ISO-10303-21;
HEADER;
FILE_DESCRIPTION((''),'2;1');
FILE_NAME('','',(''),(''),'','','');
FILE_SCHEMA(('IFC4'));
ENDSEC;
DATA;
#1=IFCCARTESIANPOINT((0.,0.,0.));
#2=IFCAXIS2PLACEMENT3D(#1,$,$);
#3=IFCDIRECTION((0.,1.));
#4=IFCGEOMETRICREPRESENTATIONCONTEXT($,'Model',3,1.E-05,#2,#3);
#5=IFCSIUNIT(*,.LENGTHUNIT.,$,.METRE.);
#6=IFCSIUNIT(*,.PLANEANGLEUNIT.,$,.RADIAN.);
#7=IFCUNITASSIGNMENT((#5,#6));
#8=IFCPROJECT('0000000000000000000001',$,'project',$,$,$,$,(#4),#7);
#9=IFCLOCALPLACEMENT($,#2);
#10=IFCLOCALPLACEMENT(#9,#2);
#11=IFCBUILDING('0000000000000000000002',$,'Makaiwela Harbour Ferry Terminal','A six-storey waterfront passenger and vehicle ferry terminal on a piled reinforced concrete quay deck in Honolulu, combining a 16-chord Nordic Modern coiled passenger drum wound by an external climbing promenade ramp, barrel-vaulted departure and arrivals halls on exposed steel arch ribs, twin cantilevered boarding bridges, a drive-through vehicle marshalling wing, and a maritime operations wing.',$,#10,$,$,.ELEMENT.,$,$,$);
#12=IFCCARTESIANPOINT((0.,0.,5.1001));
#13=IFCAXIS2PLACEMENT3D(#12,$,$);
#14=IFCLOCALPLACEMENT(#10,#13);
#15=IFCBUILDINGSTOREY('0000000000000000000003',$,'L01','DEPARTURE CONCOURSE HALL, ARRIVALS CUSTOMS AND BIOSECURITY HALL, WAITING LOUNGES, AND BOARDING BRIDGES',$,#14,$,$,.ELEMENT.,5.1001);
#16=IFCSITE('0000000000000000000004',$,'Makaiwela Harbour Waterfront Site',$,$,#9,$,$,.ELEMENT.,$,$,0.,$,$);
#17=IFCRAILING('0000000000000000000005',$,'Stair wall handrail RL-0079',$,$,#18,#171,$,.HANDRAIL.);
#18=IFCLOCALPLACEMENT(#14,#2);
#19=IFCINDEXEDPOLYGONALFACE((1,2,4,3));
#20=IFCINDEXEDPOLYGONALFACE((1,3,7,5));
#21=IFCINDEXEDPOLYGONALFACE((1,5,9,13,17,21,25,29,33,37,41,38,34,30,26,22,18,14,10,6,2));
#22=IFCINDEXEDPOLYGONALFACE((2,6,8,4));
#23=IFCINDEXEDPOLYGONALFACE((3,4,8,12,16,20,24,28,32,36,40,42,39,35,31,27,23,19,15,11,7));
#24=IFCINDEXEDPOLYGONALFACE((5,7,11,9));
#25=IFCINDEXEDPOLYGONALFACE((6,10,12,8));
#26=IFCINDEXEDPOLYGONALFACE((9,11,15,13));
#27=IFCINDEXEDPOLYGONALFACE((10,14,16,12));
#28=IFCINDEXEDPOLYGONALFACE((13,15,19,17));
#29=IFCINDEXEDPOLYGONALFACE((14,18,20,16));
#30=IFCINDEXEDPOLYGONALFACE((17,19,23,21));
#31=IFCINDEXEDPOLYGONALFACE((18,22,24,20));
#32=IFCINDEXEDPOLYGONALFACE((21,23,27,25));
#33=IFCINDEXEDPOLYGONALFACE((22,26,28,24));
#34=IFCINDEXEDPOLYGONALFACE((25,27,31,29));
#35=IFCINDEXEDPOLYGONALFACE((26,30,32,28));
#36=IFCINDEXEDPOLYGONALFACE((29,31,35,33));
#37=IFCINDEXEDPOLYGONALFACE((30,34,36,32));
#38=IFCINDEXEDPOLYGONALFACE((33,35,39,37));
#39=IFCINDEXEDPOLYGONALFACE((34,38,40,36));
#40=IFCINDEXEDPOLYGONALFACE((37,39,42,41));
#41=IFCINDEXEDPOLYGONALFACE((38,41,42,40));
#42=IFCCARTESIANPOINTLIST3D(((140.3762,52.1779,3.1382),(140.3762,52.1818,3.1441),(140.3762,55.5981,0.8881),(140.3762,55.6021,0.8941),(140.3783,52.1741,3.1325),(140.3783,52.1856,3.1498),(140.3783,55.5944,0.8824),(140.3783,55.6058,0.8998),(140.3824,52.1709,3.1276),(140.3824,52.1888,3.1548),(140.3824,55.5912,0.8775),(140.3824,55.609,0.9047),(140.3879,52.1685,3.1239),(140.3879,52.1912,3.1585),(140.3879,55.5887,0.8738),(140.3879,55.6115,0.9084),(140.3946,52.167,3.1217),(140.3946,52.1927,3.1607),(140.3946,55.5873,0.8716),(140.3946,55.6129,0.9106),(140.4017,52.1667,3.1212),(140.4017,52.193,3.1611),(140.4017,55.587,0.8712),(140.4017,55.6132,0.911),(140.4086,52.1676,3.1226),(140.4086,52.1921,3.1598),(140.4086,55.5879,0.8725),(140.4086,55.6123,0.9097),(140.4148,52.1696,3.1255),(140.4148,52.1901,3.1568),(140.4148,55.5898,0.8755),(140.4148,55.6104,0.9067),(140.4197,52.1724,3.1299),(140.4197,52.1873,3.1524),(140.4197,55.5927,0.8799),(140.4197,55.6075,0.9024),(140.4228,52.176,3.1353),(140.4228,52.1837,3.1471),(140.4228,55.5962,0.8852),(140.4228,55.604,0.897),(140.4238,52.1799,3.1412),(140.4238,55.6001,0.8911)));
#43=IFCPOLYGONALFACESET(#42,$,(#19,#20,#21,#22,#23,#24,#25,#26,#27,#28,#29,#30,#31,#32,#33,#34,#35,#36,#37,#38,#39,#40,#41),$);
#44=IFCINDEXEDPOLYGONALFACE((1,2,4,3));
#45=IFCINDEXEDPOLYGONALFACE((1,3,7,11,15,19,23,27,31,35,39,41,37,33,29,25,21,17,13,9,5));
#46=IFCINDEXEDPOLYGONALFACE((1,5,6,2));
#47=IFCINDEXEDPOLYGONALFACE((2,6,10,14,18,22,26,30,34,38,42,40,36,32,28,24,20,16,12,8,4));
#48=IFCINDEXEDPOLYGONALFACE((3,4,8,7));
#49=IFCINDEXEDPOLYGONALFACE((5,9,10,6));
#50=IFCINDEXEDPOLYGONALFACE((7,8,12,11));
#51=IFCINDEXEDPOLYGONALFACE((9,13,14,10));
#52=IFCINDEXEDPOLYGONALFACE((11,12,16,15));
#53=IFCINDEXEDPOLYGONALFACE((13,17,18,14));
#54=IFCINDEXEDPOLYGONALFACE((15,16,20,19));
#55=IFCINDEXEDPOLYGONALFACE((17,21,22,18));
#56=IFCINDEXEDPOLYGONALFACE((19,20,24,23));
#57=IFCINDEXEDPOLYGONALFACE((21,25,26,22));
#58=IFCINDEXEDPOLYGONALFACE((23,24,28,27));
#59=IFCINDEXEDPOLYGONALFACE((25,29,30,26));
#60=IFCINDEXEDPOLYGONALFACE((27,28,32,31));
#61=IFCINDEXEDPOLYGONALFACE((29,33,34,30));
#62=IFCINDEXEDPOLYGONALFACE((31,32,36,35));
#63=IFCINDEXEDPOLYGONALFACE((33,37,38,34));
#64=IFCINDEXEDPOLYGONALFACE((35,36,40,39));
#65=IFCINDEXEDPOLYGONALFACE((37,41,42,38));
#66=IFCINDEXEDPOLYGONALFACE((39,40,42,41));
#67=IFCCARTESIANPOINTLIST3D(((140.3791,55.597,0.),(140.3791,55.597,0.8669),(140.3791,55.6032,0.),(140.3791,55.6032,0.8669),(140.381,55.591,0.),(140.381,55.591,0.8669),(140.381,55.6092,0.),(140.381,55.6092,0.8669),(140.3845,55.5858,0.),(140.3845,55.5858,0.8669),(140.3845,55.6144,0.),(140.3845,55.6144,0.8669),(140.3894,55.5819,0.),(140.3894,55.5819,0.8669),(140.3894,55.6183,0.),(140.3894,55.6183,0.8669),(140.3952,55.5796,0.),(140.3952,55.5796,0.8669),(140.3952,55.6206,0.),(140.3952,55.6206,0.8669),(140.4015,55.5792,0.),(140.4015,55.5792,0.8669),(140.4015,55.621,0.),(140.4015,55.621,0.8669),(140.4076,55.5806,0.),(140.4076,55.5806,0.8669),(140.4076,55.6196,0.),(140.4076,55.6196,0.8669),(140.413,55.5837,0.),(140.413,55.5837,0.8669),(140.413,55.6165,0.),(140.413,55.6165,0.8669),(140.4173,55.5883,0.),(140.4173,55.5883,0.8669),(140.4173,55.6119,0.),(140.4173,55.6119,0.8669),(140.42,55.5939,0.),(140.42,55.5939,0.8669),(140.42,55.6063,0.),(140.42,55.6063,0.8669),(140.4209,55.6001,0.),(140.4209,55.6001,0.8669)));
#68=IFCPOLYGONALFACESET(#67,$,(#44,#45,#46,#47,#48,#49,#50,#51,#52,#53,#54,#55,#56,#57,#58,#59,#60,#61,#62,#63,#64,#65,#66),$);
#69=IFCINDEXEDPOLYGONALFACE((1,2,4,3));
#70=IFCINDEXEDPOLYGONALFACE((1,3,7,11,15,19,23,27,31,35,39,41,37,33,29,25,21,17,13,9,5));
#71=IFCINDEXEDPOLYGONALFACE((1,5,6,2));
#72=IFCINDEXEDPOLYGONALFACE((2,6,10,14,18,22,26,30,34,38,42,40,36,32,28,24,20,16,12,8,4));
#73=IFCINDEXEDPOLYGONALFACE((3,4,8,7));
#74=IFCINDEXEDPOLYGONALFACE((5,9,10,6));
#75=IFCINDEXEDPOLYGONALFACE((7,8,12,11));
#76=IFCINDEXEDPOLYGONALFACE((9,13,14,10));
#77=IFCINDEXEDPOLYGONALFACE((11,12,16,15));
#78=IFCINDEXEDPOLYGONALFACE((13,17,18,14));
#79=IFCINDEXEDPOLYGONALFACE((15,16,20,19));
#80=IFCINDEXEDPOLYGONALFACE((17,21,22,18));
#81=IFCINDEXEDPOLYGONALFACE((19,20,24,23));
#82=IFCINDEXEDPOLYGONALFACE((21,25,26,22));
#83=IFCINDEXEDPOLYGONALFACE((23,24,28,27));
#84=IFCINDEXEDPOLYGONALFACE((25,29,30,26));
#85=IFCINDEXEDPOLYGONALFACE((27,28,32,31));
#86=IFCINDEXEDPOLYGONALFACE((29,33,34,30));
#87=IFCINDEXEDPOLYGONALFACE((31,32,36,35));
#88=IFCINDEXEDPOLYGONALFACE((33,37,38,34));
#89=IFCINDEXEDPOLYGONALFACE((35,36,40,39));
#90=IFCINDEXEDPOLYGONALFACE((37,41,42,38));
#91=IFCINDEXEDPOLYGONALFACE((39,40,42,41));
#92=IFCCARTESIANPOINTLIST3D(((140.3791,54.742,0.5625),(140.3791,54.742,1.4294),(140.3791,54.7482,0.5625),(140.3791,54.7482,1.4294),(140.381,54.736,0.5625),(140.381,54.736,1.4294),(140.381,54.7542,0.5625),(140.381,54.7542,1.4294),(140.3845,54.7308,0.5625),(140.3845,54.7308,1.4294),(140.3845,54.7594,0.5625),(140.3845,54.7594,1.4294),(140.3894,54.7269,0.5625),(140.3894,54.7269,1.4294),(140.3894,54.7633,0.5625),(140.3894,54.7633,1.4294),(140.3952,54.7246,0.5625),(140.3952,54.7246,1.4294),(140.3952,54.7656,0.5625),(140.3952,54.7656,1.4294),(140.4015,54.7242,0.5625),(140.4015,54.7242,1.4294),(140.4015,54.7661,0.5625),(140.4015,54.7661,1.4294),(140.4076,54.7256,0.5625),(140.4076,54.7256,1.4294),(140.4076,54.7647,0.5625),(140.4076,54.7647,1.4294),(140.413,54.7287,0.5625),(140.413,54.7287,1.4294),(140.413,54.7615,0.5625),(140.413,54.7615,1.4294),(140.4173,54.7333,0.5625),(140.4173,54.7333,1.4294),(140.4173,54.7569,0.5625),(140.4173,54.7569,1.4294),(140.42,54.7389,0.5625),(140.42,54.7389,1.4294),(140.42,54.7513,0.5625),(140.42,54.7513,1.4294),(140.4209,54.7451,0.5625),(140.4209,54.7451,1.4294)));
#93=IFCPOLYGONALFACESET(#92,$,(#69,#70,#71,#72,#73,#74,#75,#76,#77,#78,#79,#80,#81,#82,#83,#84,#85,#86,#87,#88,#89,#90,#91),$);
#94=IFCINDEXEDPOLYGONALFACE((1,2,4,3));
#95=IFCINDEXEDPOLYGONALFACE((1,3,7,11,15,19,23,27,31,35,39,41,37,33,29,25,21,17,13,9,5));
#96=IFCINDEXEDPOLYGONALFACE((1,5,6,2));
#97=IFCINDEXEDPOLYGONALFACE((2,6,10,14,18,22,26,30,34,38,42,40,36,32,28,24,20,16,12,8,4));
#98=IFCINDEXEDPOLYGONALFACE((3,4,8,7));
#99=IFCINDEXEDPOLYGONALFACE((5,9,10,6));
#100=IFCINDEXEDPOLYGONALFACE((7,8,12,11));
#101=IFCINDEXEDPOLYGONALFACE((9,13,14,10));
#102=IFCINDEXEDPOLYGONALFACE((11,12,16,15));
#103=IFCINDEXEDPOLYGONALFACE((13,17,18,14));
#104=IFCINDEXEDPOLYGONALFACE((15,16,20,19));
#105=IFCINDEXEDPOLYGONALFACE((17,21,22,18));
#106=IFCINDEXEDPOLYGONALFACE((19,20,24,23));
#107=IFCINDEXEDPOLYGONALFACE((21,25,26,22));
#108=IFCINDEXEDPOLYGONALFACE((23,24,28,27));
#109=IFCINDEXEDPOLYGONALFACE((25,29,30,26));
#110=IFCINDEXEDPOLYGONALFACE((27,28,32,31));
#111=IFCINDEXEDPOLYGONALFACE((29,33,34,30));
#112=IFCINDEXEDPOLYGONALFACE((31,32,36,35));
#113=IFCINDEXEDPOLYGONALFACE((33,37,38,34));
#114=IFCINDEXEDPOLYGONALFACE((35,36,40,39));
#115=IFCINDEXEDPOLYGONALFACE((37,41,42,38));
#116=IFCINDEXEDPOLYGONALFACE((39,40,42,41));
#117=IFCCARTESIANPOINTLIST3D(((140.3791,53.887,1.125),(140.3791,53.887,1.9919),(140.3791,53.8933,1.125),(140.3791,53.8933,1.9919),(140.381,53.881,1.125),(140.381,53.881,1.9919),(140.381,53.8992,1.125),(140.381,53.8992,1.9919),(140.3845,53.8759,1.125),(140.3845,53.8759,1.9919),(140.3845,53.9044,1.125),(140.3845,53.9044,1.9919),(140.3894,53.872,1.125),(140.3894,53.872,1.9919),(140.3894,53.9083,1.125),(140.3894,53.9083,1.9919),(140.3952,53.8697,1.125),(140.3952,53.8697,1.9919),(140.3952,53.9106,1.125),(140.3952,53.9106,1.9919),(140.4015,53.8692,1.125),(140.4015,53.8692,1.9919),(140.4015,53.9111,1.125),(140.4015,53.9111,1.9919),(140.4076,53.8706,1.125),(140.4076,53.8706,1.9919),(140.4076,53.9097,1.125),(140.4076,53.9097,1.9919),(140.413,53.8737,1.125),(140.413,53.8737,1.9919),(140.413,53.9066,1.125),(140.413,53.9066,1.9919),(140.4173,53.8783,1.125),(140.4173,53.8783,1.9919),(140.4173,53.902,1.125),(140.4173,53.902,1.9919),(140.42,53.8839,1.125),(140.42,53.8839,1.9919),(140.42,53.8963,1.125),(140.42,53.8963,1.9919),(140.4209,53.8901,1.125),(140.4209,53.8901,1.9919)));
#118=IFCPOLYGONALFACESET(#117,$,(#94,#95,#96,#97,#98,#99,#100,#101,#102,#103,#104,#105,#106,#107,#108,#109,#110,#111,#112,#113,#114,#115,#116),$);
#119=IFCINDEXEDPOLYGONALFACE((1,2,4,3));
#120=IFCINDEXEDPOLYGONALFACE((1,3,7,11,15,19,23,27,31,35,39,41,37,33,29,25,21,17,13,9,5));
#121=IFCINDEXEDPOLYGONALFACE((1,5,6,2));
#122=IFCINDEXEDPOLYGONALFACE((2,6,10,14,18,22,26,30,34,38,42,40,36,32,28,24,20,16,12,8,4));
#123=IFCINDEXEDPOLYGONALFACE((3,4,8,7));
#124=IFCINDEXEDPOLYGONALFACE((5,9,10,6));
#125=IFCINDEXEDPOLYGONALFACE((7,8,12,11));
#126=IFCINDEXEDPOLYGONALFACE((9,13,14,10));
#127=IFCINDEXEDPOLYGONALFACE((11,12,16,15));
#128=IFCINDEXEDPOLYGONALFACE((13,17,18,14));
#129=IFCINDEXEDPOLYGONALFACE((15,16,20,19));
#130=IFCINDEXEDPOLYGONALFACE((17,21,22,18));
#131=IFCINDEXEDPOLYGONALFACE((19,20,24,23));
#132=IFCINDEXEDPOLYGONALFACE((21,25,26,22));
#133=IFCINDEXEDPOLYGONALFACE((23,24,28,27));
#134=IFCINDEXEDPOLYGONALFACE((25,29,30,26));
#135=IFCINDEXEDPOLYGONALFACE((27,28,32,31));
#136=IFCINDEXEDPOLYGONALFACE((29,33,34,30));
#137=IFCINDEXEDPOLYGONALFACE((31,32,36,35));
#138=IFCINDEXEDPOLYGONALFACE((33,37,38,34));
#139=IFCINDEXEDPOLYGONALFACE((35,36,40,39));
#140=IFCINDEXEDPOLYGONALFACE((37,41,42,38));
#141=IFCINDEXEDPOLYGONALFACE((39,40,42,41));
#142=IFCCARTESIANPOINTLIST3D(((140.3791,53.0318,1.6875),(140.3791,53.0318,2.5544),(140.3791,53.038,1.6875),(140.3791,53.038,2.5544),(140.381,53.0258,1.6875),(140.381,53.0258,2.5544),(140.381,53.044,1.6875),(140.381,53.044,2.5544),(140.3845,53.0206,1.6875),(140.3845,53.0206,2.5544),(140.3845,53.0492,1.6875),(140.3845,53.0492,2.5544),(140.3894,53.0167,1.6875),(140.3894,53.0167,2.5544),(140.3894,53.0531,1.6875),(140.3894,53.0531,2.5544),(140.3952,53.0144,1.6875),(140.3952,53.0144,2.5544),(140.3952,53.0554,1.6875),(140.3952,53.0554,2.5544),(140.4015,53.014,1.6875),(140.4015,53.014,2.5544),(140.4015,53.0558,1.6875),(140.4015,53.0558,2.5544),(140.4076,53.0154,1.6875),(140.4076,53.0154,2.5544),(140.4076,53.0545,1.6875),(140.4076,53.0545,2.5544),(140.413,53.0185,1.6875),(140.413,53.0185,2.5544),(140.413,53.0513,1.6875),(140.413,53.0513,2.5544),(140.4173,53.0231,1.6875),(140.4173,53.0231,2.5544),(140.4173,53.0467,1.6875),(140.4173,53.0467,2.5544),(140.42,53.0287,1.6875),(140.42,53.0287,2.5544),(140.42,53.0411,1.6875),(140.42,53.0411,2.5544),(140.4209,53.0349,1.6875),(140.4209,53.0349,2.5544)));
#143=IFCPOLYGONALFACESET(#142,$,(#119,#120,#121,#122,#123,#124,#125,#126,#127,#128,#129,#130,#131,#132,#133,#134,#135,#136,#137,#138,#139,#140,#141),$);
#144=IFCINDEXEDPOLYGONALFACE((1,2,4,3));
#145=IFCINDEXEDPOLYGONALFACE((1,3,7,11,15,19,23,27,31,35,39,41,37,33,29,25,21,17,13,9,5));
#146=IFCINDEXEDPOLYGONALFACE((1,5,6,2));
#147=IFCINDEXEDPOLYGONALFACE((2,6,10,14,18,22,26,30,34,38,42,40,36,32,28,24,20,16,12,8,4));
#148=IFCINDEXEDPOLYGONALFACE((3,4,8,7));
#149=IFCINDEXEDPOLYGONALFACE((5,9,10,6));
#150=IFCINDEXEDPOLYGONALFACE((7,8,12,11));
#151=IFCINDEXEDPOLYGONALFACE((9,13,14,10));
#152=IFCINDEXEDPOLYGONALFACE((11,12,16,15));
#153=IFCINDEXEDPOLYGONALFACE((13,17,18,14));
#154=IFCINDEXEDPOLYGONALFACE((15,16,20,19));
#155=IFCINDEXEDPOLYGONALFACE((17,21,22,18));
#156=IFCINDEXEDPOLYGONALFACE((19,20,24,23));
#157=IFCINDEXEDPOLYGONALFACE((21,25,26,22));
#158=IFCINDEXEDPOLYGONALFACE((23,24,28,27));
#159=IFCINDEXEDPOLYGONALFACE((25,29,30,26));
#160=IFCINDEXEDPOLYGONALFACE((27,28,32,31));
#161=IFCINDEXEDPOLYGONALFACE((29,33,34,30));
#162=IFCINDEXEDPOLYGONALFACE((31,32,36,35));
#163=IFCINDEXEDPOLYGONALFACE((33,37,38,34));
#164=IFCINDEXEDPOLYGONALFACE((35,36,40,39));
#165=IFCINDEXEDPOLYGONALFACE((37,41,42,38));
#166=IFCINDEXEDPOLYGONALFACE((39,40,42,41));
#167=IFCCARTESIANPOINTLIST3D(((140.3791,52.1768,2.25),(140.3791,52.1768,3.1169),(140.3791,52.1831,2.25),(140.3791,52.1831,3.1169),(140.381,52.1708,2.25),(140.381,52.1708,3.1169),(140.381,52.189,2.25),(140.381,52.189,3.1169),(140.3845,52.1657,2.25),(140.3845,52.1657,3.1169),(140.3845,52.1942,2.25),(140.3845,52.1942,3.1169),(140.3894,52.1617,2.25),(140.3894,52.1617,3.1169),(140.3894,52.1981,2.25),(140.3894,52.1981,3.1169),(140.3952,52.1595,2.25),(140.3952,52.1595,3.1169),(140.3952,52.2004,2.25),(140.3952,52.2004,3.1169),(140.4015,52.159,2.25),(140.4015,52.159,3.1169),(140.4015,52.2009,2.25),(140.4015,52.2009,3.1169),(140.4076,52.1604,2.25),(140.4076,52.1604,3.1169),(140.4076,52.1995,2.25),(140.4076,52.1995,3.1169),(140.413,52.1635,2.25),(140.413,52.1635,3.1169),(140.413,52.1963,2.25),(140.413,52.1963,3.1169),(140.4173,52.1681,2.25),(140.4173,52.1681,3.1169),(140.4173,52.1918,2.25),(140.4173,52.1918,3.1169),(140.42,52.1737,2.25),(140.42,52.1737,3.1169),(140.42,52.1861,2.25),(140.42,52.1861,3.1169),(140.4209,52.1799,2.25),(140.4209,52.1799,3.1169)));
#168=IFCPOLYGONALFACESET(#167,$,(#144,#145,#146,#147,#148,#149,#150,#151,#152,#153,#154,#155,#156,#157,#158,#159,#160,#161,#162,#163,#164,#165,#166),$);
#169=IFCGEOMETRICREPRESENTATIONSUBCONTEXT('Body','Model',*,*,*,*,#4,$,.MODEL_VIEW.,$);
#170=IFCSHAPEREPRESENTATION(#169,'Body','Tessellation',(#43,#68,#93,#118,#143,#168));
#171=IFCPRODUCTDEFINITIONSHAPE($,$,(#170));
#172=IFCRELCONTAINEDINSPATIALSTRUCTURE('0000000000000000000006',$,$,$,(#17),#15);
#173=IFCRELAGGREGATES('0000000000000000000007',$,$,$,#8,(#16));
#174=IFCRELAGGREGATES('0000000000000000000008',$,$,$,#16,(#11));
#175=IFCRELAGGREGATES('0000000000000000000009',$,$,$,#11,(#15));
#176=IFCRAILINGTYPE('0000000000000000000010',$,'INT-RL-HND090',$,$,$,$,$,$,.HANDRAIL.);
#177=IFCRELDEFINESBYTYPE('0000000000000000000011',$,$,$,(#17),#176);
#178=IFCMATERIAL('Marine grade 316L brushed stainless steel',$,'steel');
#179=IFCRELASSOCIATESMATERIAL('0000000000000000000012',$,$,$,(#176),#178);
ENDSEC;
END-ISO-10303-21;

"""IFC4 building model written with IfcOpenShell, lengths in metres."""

from ifc_helpers import new_model, si_unit, direction, frame, origin, origin_2d, place, context, subcontext, project, spatial, circle, extrude, material, type_object, element, save


model = new_model("IFC4")

# Units and contexts
model_context = context("Model", 3, precision=1e-05, world=origin(), true_north=direction((0.0, 1.0)))
body_context = subcontext(model_context, "Body", "Model", "MODEL_VIEW")
ifc_project = project(units=[si_unit("LENGTHUNIT", "METRE"), si_unit("PLANEANGLEUNIT", "RADIAN")], contexts=[model_context])

# Site, building, storey
site_placement = place(None, origin())
site = spatial("IfcSite", under=ifc_project, at=site_placement, Name="Makaiwela Harbour Waterfront Site", CompositionType="ELEMENT", RefElevation=0.0)
building_placement = place(site_placement, origin())
building = spatial("IfcBuilding", under=site, at=building_placement, Name="Makaiwela Harbour Ferry Terminal", Description="A six-storey waterfront passenger and vehicle ferry terminal on a piled reinforced concrete quay deck in Honolulu, combining a 16-chord Nordic Modern coiled passenger drum wound by an external climbing promenade ramp, barrel-vaulted departure and arrivals halls on exposed steel arch ribs, twin cantilevered boarding bridges, a drive-through vehicle marshalling wing, and a maritime operations wing.", CompositionType="ELEMENT")
storey_placement = place(building_placement, frame((0.0, 0.0, 5.1001)))
storey = spatial("IfcBuildingStorey", under=building, at=storey_placement, Name="L01", Description="DEPARTURE CONCOURSE HALL, ARRIVALS CUSTOMS AND BIOSECURITY HALL, WAITING LOUNGES, AND BOARDING BRIDGES", CompositionType="ELEMENT", Elevation=5.1001)

# Shared definitions
ifc_material_1 = material(Name="Marine grade 316L brushed stainless steel", Category="steel")

# Railing
railing_type_1 = type_object("IfcRailingType", Name="INT-RL-HND090", PredefinedType="HANDRAIL", material=ifc_material_1)
railing_1_placement = place(storey_placement, frame((140.3999, 55.6001, 0.0)))
element("IfcRailing", 1, at=railing_1_placement, inside=storey, type_object=railing_type_1, Name="Stair wall handrail RL-0079", PredefinedType="HANDRAIL", context=body_context, shape_type="SweptSolid", body=[
    extrude(circle(Radius=0.0239, at=origin_2d()), frame((0.0, 0.0, 0.8911), z_axis=(0.0, -0.835429, 0.549598), x_axis=(1.0, 0.0, 0.0)), (0.0, 0.0, 1.0), 4.094),
    extrude(circle(Radius=0.021, at=origin_2d()), origin(), (0.0, 0.0, 1.0), 0.8669),
    extrude(circle(Radius=0.021, at=origin_2d()), frame((0.0, -0.855, 0.5625)), (0.0, 0.0, 1.0), 0.8669),
    extrude(circle(Radius=0.021, at=origin_2d()), frame((0.0, -1.71, 1.125)), (0.0, 0.0, 1.0), 0.8669),
    extrude(circle(Radius=0.021, at=origin_2d()), frame((0.0, -2.5652, 1.6875)), (0.0, 0.0, 1.0), 0.8669),
    extrude(circle(Radius=0.021, at=origin_2d()), frame((0.0, -3.4202, 2.25)), (0.0, 0.0, 1.0), 0.8669),
])

save(model, "model.ifc")
